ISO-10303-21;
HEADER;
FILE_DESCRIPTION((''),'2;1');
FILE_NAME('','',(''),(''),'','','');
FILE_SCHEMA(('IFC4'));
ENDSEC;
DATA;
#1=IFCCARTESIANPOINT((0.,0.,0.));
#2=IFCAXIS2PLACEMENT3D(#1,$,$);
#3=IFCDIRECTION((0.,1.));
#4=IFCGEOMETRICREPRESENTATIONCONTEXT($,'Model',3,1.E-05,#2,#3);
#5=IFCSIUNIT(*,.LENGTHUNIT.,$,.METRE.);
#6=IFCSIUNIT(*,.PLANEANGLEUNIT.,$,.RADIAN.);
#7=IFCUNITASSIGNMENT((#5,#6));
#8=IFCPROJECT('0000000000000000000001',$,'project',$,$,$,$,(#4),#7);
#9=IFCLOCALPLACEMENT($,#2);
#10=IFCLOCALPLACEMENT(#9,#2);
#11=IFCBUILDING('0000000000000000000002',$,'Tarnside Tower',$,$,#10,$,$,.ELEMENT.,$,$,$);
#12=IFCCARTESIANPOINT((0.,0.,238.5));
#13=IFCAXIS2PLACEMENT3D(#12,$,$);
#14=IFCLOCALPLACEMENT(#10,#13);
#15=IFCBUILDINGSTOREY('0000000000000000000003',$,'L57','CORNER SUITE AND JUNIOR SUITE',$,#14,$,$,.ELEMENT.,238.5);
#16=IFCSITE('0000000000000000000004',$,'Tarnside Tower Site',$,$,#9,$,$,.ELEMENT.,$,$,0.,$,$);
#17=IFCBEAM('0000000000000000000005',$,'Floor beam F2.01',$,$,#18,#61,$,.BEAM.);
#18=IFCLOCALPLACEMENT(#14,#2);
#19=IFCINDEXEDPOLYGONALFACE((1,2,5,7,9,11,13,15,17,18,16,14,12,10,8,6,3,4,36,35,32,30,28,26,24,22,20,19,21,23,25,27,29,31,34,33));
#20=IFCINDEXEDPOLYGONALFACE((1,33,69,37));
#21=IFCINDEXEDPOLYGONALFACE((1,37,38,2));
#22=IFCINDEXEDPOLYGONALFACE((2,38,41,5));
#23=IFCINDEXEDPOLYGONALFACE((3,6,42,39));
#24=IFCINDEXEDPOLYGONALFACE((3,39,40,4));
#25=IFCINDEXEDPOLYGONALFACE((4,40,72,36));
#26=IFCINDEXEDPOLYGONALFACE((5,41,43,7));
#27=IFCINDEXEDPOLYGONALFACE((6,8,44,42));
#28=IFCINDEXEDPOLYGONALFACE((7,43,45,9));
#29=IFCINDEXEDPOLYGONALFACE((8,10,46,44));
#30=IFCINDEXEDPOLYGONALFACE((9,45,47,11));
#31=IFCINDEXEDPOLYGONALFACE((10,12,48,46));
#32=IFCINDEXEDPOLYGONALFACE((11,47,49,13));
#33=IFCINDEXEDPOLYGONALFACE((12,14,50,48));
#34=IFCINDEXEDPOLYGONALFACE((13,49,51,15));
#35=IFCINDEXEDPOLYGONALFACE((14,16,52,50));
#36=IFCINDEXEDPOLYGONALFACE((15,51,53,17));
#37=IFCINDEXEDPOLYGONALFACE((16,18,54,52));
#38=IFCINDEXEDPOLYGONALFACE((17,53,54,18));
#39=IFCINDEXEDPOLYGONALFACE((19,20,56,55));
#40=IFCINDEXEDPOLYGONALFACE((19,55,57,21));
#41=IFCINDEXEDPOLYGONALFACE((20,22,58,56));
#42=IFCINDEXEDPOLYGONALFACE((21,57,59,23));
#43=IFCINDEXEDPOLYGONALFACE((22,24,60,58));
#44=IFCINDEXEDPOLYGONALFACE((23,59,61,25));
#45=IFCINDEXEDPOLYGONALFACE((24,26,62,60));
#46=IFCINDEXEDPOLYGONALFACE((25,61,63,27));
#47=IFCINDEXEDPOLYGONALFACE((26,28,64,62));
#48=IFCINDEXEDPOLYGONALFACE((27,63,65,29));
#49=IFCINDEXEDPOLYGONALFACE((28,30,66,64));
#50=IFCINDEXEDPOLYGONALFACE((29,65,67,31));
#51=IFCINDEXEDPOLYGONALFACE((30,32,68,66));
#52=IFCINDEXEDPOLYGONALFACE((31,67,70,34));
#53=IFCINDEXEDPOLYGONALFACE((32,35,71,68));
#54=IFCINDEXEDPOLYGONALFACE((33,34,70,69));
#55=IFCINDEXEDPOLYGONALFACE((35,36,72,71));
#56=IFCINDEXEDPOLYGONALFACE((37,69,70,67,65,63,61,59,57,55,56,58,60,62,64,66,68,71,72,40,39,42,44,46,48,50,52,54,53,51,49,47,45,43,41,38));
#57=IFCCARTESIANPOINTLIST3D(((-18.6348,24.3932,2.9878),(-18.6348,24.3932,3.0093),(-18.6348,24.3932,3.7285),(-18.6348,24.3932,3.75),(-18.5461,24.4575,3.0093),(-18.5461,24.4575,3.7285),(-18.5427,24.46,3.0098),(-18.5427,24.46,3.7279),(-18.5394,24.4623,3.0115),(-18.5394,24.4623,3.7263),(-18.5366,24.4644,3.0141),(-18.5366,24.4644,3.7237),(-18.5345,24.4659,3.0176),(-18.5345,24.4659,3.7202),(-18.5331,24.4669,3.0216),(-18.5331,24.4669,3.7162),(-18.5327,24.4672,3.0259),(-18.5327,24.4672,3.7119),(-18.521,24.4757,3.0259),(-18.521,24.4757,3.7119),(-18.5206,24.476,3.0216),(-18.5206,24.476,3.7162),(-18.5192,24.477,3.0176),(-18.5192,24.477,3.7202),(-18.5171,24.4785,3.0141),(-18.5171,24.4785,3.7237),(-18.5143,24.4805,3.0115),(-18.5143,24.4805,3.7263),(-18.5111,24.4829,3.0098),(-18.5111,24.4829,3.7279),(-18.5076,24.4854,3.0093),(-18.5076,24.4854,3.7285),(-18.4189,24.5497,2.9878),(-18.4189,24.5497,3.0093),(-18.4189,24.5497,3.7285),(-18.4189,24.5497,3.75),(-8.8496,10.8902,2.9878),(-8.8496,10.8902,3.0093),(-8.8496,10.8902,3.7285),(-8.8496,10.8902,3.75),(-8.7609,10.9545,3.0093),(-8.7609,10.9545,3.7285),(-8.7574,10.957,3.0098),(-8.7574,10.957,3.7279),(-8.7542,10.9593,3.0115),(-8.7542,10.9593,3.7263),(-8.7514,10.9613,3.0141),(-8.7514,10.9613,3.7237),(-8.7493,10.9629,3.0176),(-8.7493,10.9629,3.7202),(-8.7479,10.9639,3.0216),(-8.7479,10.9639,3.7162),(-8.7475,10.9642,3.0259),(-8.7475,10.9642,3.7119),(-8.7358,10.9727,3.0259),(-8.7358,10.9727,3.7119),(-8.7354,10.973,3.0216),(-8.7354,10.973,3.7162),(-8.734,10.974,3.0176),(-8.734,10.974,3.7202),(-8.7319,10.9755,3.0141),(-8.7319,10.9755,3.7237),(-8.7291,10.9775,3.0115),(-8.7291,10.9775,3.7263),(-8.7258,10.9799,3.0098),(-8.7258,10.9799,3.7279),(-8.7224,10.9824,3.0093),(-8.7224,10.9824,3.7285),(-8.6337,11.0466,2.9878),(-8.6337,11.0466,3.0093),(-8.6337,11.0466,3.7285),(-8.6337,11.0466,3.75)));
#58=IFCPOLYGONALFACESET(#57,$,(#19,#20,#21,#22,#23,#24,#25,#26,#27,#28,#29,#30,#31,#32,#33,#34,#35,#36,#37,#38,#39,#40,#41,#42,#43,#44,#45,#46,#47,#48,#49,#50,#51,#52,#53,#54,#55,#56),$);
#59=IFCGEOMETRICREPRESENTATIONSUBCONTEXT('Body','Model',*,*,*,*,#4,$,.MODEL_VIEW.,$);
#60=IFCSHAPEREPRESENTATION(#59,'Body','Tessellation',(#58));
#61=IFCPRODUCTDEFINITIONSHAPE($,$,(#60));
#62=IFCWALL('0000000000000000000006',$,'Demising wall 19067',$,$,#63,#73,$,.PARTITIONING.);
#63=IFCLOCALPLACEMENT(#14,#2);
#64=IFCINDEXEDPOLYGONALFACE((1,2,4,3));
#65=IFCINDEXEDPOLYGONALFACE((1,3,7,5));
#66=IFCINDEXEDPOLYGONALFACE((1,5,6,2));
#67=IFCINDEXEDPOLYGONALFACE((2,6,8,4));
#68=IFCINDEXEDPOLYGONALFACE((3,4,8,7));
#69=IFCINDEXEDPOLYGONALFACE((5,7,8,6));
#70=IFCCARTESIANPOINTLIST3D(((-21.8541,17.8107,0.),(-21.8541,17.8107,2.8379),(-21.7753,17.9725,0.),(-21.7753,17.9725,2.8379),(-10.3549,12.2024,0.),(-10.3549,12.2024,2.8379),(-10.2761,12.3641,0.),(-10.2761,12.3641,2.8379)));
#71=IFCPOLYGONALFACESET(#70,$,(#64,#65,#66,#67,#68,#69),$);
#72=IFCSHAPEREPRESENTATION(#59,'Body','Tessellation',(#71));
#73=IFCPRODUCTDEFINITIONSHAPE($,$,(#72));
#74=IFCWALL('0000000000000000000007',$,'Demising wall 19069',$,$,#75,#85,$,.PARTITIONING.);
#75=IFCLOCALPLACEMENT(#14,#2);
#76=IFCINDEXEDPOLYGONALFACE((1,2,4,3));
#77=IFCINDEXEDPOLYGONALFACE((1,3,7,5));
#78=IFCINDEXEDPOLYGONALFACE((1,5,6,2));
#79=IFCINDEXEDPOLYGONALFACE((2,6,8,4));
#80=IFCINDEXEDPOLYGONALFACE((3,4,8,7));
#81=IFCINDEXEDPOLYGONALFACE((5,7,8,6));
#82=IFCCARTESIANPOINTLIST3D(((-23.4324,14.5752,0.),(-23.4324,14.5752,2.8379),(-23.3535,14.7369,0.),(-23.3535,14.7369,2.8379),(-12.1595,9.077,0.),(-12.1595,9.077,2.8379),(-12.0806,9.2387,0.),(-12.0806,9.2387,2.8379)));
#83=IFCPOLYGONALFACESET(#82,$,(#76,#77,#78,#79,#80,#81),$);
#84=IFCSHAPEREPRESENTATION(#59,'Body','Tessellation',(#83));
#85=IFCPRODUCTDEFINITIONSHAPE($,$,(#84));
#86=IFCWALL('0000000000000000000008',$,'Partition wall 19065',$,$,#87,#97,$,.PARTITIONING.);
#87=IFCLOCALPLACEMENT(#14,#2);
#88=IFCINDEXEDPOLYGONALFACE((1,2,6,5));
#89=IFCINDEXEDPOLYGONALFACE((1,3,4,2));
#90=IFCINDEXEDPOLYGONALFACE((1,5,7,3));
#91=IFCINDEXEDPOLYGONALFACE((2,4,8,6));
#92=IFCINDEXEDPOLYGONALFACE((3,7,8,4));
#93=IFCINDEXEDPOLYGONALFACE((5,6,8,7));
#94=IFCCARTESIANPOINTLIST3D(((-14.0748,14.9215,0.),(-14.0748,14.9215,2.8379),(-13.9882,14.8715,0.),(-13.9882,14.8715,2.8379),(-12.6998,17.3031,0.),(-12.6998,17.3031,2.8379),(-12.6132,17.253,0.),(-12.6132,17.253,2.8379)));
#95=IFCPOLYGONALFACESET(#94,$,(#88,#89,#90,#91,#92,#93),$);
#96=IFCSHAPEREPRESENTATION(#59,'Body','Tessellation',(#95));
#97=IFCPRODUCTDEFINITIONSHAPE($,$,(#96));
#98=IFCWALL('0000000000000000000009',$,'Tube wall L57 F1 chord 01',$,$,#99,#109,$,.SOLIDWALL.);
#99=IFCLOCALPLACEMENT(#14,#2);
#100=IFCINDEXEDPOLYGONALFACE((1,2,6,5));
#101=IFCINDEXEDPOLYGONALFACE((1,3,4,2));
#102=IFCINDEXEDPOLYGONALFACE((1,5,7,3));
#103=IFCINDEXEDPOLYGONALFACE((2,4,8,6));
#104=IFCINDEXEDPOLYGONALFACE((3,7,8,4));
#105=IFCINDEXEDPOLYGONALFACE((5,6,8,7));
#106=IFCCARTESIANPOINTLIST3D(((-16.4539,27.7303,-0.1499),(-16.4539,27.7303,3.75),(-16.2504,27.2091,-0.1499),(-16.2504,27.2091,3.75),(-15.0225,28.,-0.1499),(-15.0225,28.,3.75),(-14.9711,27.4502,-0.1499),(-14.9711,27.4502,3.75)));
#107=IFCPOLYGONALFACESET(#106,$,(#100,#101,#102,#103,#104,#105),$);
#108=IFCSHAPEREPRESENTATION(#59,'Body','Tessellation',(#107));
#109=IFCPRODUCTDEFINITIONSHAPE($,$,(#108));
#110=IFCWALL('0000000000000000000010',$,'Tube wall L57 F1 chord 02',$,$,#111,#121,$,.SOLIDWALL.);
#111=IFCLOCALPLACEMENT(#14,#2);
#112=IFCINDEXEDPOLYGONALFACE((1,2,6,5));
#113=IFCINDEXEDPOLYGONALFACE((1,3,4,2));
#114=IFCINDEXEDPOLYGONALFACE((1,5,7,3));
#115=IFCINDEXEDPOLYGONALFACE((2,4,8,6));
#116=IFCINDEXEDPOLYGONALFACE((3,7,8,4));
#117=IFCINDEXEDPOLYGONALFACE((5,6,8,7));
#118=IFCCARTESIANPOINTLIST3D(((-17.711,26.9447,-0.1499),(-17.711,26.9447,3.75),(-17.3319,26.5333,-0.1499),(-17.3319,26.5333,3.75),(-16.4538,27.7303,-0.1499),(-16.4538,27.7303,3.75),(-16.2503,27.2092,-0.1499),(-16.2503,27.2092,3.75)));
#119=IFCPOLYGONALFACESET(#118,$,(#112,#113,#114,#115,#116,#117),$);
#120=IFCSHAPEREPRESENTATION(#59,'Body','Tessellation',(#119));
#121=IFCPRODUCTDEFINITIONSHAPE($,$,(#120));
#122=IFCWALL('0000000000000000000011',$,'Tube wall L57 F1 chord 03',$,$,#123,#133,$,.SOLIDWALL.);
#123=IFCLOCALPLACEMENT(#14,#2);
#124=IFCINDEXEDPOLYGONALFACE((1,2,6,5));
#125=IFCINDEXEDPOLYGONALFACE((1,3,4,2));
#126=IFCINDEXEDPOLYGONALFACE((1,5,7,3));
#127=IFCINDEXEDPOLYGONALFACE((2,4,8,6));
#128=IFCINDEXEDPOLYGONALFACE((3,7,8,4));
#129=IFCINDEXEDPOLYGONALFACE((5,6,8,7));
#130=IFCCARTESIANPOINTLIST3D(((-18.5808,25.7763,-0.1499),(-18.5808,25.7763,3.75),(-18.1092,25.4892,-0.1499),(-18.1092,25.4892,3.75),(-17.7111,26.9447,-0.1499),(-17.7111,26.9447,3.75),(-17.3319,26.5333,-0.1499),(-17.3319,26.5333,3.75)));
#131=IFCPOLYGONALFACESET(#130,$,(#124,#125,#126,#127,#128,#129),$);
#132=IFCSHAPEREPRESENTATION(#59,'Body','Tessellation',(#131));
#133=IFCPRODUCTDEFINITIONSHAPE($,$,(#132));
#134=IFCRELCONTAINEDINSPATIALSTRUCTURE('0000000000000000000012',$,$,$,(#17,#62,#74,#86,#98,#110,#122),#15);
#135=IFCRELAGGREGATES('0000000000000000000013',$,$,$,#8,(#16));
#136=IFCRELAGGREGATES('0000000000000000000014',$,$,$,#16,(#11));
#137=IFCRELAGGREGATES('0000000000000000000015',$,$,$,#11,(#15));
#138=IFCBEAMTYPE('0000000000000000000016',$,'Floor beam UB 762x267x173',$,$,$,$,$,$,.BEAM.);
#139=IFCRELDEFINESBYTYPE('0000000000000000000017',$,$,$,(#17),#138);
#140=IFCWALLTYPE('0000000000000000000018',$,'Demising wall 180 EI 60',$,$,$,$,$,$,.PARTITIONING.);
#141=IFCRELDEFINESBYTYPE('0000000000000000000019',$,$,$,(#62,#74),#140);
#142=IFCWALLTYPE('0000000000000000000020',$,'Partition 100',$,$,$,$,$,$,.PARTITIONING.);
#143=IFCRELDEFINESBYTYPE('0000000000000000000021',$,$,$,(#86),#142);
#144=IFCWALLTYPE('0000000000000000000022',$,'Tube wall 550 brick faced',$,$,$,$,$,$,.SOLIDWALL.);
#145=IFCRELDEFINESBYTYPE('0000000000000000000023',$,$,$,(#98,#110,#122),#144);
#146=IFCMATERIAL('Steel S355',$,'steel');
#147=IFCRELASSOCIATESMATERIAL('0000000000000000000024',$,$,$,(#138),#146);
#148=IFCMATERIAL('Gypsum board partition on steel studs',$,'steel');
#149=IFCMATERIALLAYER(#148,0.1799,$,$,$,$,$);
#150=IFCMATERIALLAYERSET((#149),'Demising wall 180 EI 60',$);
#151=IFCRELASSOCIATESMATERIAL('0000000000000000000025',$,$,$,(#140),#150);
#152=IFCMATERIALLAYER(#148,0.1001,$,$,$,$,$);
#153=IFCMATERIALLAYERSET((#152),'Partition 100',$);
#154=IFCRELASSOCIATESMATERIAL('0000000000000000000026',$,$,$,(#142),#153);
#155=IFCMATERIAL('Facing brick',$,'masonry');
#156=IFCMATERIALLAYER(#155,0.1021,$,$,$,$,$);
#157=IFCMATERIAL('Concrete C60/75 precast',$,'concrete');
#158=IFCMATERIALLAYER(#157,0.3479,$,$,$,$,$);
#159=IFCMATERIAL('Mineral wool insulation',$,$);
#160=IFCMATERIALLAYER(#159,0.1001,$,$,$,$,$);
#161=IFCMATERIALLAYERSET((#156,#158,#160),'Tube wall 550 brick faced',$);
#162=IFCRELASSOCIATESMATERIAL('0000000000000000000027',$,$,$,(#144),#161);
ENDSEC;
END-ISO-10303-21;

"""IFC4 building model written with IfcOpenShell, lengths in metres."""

from ifc_helpers import new_model, si_unit, direction, frame, frame_2d, origin, origin_2d, place, context, subcontext, project, spatial, polyline, rectangle, i_section, outline, extrude, material, layer, layer_set, material_profile, profile_set, type_object, element, save


model = new_model("IFC4")

# Units and contexts
model_context = context("Model", 3, precision=1e-05, world=origin(), true_north=direction((0.0, 1.0)))
body_context = subcontext(model_context, "Body", "Model", "MODEL_VIEW")
ifc_project = project(units=[si_unit("LENGTHUNIT", "METRE"), si_unit("PLANEANGLEUNIT", "RADIAN")], contexts=[model_context])

# Site, building, storey
site_placement = place(None, origin())
site = spatial("IfcSite", under=ifc_project, at=site_placement, Name="Tarnside Tower Site", CompositionType="ELEMENT", RefElevation=0.0)
building_placement = place(site_placement, origin())
building = spatial("IfcBuilding", under=site, at=building_placement, Name="Tarnside Tower", CompositionType="ELEMENT")
storey_placement = place(building_placement, frame((0.0, 0.0, 238.5)))
storey = spatial("IfcBuildingStorey", under=building, at=storey_placement, Name="L57", Description="CORNER SUITE AND JUNIOR SUITE", CompositionType="ELEMENT", Elevation=238.5)

# Beam
ifc_material_1 = material(Name="Steel S355", Category="steel")
ifc_material_profile_1 = material_profile(ifc_material_1, i_section(OverallWidth=0.2666, OverallDepth=0.7622, WebThickness=0.0144, FlangeThickness=0.0215, FilletRadius=0.0166, at=origin_2d()), Name="UB 762x267x173")
ifc_profile_set_1 = profile_set([ifc_material_profile_1], Name="Steel S355")
beam_type_1 = type_object("IfcBeamType", Name="Floor beam UB 762x267x173", PredefinedType="BEAM", material=ifc_profile_set_1)
beam_1_placement = place(storey_placement, frame((-18.5269, 24.4714, 3.3689), z_axis=(0.586792, -0.809738, 0.0), x_axis=(0.809738, 0.586792, 0.0)))
element("IfcBeam", 1, at=beam_1_placement, inside=storey, type_object=beam_type_1, Name="Floor beam F2.01", PredefinedType="BEAM", context=body_context, shape_type="SweptSolid", body=[
    extrude(i_section(OverallWidth=0.2666, OverallDepth=0.7622, WebThickness=0.0144, FlangeThickness=0.0215, FilletRadius=0.0166, at=origin_2d()), origin(), (0.0, 0.0, 1.0), 16.6758),
])

# Walls
ifc_material_2 = material(Name="Gypsum board partition on steel studs", Category="steel")
ifc_layer_1 = layer(ifc_material_2, 0.1799)
ifc_layer_set_1 = layer_set([ifc_layer_1], Name="Demising wall 180 EI 60")
wall_type_1 = type_object("IfcWallType", Name="Demising wall 180 EI 60", PredefinedType="PARTITIONING", material=ifc_layer_set_1)
wall_1_placement = place(storey_placement, frame((-21.8147, 17.8916, 0.0), z_axis=(0.0, 0.0, 1.0), x_axis=(0.898799, -0.43836, 0.0)))
element("IfcWall", 2, at=wall_1_placement, inside=storey, type_object=wall_type_1, Name="Demising wall 19067", PredefinedType="PARTITIONING", context=body_context, shape_type="SweptSolid", body=[
    extrude(rectangle(XDim=12.7939, YDim=0.1799, at=frame_2d((6.397, 0.0))), origin(), (0.0, 0.0, 1.0), 2.8379),
])
wall_2_placement = place(storey_placement, frame((-23.3928, 14.656, 0.0), z_axis=(0.0, 0.0, 1.0), x_axis=(0.898791, -0.438378, 0.0)))
element("IfcWall", 3, at=wall_2_placement, inside=storey, type_object=wall_type_1, Name="Demising wall 19069", PredefinedType="PARTITIONING", context=body_context, shape_type="SweptSolid", body=[
    extrude(rectangle(XDim=12.5422, YDim=0.1799, at=frame_2d((6.271, 0.0))), origin(), (0.0, 0.0, 1.0), 2.8379),
])
ifc_layer_2 = layer(ifc_material_2, 0.1001)
ifc_layer_set_2 = layer_set([ifc_layer_2], Name="Partition 100")
wall_type_2 = type_object("IfcWallType", Name="Partition 100", PredefinedType="PARTITIONING", material=ifc_layer_set_2)
wall_3_placement = place(storey_placement, frame((-14.0315, 14.8965, 0.0), z_axis=(0.0, 0.0, 1.0), x_axis=(0.499997, 0.866027, 0.0)))
element("IfcWall", 4, at=wall_3_placement, inside=storey, type_object=wall_type_2, Name="Partition wall 19065", PredefinedType="PARTITIONING", context=body_context, shape_type="SweptSolid", body=[
    extrude(rectangle(XDim=2.75, YDim=0.1001, at=frame_2d((1.375, 0.0))), origin(), (0.0, 0.0, 1.0), 2.8379),
])
ifc_material_3 = material(Name="Facing brick", Category="masonry")
ifc_layer_3 = layer(ifc_material_3, 0.1021)
ifc_material_4 = material(Name="Concrete C60/75 precast", Category="concrete")
ifc_layer_4 = layer(ifc_material_4, 0.3479)
ifc_material_5 = material(Name="Mineral wool insulation")
ifc_layer_5 = layer(ifc_material_5, 0.1001)
ifc_layer_set_3 = layer_set([ifc_layer_3, ifc_layer_4, ifc_layer_5], Name="Tube wall 550 brick faced")
wall_type_3 = type_object("IfcWallType", Name="Tube wall 550 brick faced", PredefinedType="SOLIDWALL", material=ifc_layer_set_3)
wall_4_placement = place(storey_placement, frame((-14.9968, 27.7251, -0.1499), z_axis=(0.0, 0.0, 1.0), x_axis=(-0.982705, -0.185176, 0.0)))
element("IfcWall", 5, at=wall_4_placement, inside=storey, type_object=wall_type_3, Name="Tube wall L57 F1 chord 01", PredefinedType="SOLIDWALL", context=body_context, shape_type="SweptSolid", body=[
    extrude(outline(polyline([(-0.0256, -0.2749), (1.4309, -0.2749), (1.3274, 0.2749), (0.0256, 0.2749), (-0.0256, -0.2749)])), origin(), (0.0, 0.0, 1.0), 3.8999),
])
wall_5_placement = place(storey_placement, frame((-16.3521, 27.4697, -0.1499), z_axis=(0.0, 0.0, 1.0), x_axis=(-0.848058, -0.529903, 0.0)))
element("IfcWall", 6, at=wall_5_placement, inside=storey, type_object=wall_type_3, Name="Tube wall L57 F1 chord 02", PredefinedType="SOLIDWALL", context=body_context, shape_type="SweptSolid", body=[
    extrude(outline(polyline([(-0.0518, -0.2749), (1.4307, -0.2749), (1.3271, 0.2749), (0.0518, 0.2749), (-0.0518, -0.2749)])), origin(), (0.0, 0.0, 1.0), 3.8999),
])
wall_6_placement = place(storey_placement, frame((-17.5215, 26.739, -0.1499), z_axis=(0.0, 0.0, 1.0), x_axis=(-0.597135, -0.802141, 0.0)))
element("IfcWall", 7, at=wall_6_placement, inside=storey, type_object=wall_type_3, Name="Tube wall L57 F1 chord 03", PredefinedType="SOLIDWALL", context=body_context, shape_type="SweptSolid", body=[
    extrude(outline(polyline([(-0.0518, -0.2749), (1.4048, -0.2749), (1.3535, 0.2749), (0.0518, 0.2749), (-0.0518, -0.2749)])), origin(), (0.0, 0.0, 1.0), 3.8999),
])

save(model, "model.ifc")
